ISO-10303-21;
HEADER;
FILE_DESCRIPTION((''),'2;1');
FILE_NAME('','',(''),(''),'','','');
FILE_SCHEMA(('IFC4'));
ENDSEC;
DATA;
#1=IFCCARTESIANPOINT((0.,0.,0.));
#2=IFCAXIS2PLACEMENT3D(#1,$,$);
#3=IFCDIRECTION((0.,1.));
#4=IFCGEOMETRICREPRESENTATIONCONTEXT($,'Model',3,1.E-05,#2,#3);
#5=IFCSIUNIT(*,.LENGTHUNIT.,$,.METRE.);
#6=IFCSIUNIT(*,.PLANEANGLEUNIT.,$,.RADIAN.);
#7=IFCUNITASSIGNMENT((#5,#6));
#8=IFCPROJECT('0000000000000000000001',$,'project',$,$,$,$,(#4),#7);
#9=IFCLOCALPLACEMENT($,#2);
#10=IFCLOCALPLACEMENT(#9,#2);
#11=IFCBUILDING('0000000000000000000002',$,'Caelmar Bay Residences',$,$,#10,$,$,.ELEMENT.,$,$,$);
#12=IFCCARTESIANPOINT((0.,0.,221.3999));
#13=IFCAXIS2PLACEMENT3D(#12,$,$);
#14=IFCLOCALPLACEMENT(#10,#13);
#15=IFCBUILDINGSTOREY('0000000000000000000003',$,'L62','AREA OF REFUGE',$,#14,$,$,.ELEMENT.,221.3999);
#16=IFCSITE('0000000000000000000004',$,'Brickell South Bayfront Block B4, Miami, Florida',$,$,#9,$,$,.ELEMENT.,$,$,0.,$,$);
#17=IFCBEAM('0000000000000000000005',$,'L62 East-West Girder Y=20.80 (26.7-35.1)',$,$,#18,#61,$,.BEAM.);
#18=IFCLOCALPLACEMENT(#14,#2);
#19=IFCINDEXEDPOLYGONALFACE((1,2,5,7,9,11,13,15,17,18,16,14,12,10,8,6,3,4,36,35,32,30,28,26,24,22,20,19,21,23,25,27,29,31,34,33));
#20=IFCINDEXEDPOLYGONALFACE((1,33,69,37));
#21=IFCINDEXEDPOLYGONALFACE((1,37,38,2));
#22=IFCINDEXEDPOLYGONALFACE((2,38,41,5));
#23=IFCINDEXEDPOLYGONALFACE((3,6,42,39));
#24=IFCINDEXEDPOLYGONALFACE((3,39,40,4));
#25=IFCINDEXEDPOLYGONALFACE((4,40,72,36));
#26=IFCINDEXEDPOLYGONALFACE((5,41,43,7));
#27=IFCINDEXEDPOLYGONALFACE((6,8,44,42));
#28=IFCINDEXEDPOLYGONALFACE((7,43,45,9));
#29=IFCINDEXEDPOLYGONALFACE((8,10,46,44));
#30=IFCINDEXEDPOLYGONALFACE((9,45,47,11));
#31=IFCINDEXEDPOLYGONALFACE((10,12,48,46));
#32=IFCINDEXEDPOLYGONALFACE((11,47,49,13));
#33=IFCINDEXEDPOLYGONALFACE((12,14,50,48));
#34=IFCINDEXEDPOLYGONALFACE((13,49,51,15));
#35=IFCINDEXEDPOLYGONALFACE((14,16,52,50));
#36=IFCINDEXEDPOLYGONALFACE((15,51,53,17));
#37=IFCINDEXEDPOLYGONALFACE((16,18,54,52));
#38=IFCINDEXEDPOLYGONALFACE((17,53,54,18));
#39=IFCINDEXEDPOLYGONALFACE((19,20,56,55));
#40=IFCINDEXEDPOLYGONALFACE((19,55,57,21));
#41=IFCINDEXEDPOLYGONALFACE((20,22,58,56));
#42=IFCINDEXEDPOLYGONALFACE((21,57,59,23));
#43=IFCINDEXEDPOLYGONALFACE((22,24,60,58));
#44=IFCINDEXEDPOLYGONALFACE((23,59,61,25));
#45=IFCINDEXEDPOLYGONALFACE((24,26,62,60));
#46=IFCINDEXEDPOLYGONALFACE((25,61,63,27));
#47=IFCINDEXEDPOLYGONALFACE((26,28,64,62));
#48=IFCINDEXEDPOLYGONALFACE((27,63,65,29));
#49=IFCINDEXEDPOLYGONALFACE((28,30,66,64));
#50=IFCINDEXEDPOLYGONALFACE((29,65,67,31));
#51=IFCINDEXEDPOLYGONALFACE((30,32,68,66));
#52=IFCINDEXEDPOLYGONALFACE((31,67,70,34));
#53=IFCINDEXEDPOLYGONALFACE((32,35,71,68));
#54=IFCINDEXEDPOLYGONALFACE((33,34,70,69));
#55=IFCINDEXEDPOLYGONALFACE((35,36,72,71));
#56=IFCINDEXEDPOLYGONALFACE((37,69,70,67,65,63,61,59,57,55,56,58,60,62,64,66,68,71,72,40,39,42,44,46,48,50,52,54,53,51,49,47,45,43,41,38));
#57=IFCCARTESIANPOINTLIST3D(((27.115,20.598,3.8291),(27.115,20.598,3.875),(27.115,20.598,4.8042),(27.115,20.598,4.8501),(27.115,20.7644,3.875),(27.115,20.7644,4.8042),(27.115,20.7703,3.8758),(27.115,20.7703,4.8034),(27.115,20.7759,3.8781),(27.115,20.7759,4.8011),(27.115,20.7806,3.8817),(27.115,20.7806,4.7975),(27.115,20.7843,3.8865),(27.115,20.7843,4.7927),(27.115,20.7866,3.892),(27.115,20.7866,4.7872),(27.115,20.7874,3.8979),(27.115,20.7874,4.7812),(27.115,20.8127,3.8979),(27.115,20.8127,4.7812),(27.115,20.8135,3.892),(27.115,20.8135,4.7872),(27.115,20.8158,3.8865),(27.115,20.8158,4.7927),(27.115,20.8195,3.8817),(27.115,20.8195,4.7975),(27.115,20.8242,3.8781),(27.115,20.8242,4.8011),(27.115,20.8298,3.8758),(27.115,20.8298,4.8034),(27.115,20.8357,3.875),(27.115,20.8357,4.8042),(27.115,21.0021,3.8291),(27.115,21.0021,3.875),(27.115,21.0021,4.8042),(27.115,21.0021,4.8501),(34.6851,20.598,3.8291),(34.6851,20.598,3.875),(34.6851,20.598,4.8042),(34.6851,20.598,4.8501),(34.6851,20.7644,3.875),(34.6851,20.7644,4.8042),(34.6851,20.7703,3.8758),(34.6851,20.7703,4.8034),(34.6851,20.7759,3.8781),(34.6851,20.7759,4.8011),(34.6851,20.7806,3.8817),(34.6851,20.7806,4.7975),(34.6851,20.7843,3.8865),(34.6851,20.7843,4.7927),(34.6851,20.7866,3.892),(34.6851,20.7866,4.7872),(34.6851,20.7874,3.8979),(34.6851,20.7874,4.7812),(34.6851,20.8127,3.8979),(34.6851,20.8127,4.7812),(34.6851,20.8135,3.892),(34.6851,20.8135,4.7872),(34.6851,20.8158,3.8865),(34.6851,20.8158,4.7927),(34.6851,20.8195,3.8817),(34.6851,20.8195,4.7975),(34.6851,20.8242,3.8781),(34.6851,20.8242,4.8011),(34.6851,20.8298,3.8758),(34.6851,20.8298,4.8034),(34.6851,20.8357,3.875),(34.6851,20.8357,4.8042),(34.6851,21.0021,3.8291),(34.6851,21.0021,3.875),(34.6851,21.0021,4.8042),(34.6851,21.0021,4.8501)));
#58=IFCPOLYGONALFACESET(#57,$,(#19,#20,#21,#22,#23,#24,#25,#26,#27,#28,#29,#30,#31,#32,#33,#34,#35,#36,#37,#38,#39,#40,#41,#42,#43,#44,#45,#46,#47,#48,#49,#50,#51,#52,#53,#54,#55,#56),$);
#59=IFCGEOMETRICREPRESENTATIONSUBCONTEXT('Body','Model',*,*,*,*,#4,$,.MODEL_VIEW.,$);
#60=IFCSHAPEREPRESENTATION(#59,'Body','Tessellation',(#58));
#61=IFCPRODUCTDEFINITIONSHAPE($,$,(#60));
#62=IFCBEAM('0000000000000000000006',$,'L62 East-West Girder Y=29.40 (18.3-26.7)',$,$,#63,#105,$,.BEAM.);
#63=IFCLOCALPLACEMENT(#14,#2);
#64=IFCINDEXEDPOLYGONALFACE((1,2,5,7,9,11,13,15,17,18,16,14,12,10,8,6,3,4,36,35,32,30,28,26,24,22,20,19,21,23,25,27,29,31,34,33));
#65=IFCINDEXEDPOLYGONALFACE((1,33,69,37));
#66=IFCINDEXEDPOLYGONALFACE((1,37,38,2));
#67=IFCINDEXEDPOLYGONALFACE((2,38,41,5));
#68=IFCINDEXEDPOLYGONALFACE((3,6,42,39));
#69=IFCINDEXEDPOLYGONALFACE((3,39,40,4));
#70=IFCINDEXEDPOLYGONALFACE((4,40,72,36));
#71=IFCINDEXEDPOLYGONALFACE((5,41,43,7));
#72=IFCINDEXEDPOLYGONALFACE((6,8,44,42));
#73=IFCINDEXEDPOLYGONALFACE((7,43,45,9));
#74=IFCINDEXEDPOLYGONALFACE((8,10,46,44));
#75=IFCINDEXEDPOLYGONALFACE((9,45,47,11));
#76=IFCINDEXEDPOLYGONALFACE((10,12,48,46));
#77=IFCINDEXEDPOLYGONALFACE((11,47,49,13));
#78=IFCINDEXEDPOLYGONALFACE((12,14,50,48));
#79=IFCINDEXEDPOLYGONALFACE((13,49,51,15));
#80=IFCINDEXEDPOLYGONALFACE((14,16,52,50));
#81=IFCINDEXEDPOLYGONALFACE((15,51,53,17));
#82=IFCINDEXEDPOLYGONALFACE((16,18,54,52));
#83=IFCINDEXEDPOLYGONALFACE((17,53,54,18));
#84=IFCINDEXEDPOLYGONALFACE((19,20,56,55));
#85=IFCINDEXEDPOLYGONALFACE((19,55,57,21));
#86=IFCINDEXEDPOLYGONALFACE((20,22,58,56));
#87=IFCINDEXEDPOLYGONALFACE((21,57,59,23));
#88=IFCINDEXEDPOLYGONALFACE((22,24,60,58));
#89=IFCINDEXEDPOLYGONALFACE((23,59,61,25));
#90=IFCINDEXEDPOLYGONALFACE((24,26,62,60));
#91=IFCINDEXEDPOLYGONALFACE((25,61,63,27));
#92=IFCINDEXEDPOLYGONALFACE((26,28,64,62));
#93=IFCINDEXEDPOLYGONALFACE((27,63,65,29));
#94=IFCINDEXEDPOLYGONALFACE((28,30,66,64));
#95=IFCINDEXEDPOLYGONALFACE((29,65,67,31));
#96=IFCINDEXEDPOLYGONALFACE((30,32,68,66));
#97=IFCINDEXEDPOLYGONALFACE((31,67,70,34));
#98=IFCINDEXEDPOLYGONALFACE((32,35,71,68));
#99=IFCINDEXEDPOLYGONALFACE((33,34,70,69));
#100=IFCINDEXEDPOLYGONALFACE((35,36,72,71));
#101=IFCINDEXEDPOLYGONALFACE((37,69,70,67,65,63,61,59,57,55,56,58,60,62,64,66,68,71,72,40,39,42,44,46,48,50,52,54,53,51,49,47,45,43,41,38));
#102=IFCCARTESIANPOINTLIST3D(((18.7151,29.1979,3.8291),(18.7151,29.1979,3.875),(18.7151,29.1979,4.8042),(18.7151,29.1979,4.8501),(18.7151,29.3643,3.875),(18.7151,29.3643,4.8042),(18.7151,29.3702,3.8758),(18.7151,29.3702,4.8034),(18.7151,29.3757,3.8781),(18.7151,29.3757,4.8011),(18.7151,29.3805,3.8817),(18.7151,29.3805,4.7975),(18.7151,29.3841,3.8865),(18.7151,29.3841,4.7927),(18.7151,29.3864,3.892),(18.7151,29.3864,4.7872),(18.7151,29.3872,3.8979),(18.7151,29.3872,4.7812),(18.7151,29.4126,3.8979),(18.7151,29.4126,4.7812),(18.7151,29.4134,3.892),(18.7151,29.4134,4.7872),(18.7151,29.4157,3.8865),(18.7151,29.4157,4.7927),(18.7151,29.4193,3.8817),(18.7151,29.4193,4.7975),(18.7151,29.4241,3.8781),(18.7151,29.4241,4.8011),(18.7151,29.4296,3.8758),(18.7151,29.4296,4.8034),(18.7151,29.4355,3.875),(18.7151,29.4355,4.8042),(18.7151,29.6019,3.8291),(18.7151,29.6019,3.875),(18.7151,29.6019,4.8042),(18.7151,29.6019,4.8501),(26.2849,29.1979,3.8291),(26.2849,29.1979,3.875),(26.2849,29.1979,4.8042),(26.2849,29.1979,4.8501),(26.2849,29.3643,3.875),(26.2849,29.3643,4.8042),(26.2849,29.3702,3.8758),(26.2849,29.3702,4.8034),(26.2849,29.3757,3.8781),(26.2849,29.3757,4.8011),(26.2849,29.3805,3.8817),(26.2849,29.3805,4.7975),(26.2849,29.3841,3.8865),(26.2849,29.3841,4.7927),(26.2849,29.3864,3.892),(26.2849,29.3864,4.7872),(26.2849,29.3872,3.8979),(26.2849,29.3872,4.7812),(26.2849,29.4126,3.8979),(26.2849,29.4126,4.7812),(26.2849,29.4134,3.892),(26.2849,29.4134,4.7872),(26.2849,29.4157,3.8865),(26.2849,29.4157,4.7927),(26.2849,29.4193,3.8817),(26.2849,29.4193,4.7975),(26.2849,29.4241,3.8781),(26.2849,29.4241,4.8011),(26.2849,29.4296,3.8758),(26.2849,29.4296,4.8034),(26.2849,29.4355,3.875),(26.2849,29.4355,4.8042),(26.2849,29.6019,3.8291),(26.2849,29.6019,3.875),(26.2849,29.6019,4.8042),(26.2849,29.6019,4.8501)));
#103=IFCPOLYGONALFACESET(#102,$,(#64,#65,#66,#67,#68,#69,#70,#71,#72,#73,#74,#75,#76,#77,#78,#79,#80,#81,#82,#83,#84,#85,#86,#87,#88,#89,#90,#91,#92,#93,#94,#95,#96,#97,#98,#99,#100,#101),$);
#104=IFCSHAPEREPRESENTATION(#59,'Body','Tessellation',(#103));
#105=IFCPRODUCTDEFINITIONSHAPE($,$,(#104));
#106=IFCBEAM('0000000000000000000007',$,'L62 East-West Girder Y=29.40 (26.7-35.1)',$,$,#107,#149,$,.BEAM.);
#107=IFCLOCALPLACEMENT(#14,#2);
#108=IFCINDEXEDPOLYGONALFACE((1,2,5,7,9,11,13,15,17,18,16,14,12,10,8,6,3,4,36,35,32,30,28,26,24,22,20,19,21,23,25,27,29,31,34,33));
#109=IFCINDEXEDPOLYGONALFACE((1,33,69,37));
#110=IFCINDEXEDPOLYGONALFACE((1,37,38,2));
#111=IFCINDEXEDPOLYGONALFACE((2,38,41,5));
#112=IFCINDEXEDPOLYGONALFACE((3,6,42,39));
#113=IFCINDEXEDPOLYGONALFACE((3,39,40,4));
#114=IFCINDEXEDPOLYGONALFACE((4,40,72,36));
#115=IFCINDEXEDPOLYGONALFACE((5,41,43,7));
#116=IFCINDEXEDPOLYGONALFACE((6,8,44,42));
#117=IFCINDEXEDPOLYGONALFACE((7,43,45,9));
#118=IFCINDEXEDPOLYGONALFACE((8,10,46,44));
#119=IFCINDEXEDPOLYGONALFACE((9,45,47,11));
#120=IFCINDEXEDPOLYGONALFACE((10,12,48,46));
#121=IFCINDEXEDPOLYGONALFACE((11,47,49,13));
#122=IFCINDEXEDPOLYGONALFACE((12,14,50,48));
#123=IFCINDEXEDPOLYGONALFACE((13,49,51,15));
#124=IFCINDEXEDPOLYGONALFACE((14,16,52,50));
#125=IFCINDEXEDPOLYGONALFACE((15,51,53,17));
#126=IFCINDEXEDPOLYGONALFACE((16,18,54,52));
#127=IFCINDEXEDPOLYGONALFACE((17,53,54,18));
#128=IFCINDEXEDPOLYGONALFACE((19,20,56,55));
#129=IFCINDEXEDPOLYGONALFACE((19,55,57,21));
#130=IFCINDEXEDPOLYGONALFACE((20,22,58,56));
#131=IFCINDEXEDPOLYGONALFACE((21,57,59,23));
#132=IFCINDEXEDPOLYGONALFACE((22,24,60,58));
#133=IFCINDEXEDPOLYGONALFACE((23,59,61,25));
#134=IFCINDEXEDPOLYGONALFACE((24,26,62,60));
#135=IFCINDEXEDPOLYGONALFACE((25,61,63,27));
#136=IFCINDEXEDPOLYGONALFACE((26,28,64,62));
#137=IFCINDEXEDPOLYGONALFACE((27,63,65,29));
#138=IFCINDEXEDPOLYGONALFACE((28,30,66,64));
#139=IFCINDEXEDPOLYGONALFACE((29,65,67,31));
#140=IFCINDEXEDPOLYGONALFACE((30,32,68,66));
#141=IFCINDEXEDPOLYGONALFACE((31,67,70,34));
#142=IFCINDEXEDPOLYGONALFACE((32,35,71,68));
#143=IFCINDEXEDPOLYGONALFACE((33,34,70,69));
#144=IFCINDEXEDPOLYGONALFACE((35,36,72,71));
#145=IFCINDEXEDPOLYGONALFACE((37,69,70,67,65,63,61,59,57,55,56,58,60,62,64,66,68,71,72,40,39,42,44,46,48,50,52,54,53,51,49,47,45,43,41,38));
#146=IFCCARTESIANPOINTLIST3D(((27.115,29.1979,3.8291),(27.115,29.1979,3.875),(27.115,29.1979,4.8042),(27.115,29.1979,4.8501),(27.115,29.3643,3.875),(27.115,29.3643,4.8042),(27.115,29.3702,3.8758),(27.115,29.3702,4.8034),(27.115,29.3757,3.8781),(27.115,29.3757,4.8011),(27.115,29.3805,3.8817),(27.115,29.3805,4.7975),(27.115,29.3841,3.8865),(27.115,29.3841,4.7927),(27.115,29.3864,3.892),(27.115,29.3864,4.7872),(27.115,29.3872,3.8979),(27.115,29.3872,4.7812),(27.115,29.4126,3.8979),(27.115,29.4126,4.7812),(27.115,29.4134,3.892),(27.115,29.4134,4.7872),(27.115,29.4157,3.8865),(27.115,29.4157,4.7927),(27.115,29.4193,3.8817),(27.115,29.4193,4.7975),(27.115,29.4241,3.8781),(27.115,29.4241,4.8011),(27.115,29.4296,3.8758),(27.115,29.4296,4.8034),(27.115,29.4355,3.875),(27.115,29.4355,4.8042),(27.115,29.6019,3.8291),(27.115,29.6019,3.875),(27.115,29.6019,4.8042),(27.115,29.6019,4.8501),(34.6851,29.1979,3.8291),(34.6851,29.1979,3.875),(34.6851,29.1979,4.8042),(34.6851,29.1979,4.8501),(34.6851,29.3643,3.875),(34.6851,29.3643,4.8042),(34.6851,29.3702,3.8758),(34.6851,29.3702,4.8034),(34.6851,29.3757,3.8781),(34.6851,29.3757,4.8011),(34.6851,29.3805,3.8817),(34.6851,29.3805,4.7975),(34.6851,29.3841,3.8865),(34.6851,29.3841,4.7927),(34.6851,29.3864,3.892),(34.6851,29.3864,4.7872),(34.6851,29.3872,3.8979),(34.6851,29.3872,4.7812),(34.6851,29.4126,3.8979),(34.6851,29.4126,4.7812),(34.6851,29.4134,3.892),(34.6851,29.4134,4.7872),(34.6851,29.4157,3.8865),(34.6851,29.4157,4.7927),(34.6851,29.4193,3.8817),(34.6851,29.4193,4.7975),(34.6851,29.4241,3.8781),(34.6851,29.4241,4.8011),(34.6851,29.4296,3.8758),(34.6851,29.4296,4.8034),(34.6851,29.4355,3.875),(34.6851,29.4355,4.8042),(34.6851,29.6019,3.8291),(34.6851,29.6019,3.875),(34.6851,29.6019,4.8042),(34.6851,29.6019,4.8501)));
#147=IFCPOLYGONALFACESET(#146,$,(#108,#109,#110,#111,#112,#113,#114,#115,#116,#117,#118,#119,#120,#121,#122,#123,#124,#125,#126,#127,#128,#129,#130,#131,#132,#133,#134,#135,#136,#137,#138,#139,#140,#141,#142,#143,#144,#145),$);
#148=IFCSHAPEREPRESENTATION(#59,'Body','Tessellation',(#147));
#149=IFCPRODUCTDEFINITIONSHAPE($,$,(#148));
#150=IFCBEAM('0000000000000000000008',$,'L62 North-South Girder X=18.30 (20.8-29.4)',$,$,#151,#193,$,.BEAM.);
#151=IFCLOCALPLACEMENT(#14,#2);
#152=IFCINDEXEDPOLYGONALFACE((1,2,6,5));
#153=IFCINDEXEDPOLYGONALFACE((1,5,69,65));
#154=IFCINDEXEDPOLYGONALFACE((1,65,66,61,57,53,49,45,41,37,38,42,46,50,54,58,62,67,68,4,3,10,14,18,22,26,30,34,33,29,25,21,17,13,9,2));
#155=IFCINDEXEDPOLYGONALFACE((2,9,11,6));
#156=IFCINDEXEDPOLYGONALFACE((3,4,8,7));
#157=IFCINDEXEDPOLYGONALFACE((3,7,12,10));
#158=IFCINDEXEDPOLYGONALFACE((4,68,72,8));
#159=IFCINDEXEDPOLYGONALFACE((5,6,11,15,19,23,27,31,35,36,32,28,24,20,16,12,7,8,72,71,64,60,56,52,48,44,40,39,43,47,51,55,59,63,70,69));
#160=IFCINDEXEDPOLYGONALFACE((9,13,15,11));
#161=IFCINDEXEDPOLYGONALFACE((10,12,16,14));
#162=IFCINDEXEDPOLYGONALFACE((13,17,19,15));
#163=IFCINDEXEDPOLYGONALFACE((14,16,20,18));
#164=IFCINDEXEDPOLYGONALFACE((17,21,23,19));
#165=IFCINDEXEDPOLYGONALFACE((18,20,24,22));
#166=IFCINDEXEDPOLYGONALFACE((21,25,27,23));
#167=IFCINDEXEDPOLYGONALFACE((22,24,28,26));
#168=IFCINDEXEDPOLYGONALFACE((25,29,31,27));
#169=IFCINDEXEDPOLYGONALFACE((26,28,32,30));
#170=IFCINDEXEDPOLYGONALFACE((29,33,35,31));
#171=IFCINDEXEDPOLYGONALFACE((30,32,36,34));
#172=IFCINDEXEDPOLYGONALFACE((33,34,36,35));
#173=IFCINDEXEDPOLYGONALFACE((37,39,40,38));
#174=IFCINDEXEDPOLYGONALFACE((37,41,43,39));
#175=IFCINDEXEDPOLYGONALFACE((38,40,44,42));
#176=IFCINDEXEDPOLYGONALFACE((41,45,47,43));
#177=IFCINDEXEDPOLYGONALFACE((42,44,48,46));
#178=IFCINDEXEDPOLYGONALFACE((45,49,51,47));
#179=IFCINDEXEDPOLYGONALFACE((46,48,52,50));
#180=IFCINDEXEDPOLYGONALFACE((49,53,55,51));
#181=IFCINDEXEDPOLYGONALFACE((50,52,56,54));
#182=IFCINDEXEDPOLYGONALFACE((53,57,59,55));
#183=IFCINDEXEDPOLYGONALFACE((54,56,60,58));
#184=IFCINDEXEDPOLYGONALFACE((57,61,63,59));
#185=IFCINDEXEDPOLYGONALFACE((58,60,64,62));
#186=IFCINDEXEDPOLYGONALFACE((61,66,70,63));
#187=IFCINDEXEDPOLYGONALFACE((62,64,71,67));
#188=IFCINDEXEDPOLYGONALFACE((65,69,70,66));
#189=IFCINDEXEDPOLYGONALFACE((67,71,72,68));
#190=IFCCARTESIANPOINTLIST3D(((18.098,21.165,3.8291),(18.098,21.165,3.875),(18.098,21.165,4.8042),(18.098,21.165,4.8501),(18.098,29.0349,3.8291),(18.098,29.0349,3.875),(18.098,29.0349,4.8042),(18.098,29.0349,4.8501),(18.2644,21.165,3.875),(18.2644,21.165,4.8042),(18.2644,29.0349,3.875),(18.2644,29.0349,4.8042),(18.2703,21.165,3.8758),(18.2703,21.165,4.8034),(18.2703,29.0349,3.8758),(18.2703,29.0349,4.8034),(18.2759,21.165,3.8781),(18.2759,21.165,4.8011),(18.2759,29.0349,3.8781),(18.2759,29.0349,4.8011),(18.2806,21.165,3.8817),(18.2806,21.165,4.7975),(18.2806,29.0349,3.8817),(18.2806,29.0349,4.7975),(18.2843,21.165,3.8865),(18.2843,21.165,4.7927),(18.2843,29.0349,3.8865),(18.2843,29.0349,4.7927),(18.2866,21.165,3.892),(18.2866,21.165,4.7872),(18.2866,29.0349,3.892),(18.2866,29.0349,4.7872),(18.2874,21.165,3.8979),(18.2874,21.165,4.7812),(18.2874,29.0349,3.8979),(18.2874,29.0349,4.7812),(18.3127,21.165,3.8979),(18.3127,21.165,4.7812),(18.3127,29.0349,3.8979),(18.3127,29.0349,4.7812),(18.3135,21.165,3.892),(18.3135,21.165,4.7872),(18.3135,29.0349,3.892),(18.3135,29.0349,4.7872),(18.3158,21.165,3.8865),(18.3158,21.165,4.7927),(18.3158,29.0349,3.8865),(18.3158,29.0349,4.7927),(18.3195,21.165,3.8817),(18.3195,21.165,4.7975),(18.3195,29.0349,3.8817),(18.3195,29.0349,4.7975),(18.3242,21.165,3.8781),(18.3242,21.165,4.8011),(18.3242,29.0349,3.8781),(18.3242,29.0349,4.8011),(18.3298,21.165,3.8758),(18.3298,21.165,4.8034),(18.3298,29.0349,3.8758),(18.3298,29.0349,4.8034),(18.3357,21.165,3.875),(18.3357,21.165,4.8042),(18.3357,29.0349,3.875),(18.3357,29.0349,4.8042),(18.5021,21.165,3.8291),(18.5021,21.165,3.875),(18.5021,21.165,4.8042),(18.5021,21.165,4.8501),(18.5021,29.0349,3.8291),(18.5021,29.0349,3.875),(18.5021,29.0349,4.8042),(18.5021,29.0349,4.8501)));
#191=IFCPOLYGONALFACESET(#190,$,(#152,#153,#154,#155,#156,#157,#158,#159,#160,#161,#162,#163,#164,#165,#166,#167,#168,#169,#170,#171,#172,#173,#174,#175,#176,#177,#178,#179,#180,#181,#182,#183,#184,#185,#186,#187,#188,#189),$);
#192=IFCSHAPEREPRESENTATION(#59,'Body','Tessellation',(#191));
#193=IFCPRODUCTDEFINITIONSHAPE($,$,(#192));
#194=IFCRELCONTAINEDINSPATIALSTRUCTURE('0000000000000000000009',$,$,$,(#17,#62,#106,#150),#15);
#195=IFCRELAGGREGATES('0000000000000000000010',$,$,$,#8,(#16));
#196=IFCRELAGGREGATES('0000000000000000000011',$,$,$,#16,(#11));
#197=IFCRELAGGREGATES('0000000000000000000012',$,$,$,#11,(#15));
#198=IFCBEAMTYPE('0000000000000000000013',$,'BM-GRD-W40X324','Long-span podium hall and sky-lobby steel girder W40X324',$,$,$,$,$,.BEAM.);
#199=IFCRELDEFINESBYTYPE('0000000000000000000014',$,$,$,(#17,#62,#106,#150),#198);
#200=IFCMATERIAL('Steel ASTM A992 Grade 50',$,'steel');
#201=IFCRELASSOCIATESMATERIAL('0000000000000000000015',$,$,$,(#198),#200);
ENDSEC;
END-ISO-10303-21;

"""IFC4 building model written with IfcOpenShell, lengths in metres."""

from ifc_helpers import new_model, si_unit, direction, frame, origin, origin_2d, place, context, subcontext, project, spatial, i_section, extrude, material, material_profile, profile_set, type_object, element, save


model = new_model("IFC4")

# Units and contexts
model_context = context("Model", 3, precision=1e-05, world=origin(), true_north=direction((0.0, 1.0)))
body_context = subcontext(model_context, "Body", "Model", "MODEL_VIEW")
ifc_project = project(units=[si_unit("LENGTHUNIT", "METRE"), si_unit("PLANEANGLEUNIT", "RADIAN")], contexts=[model_context])

# Site, building, storey
site_placement = place(None, origin())
site = spatial("IfcSite", under=ifc_project, at=site_placement, Name="Brickell South Bayfront Block B4, Miami, Florida", CompositionType="ELEMENT", RefElevation=0.0)
building_placement = place(site_placement, origin())
building = spatial("IfcBuilding", under=site, at=building_placement, Name="Caelmar Bay Residences", CompositionType="ELEMENT")
storey_placement = place(building_placement, frame((0.0, 0.0, 221.3999)))
storey = spatial("IfcBuildingStorey", under=building, at=storey_placement, Name="L62", Description="AREA OF REFUGE", CompositionType="ELEMENT", Elevation=221.3999)

# Beams
ifc_material_1 = material(Name="Steel ASTM A992 Grade 50", Category="steel")
ifc_material_profile_1 = material_profile(ifc_material_1, i_section(OverallWidth=0.4041, OverallDepth=1.021, WebThickness=0.0254, FlangeThickness=0.0459, FilletRadius=0.0229, at=origin_2d()), Name="W40X324")
ifc_profile_set_1 = profile_set([ifc_material_profile_1], Name="Steel ASTM A992 Grade 50")
beam_type_1 = type_object("IfcBeamType", Name="BM-GRD-W40X324", Description="Long-span podium hall and sky-lobby steel girder W40X324", PredefinedType="BEAM", material=ifc_profile_set_1)
beam_1_placement = place(storey_placement, frame((27.115, 20.8, 4.3396), z_axis=(1.0, 0.0, 0.0), x_axis=(0.0, 1.0, 0.0)))
element("IfcBeam", 1, at=beam_1_placement, inside=storey, type_object=beam_type_1, Name="L62 East-West Girder Y=20.80 (26.7-35.1)", PredefinedType="BEAM", context=body_context, shape_type="SweptSolid", body=[
    extrude(i_section(OverallWidth=0.4041, OverallDepth=1.021, WebThickness=0.0254, FlangeThickness=0.0459, FilletRadius=0.0229, at=origin_2d()), origin(), (0.0, 0.0, 1.0), 7.5701),
])
beam_2_placement = place(storey_placement, frame((18.7151, 29.3999, 4.3396), z_axis=(1.0, 0.0, 0.0), x_axis=(0.0, 1.0, 0.0)))
element("IfcBeam", 2, at=beam_2_placement, inside=storey, type_object=beam_type_1, Name="L62 East-West Girder Y=29.40 (18.3-26.7)", PredefinedType="BEAM", context=body_context, shape_type="SweptSolid", body=[
    extrude(i_section(OverallWidth=0.4041, OverallDepth=1.021, WebThickness=0.0254, FlangeThickness=0.0459, FilletRadius=0.0229, at=origin_2d()), origin(), (0.0, 0.0, 1.0), 7.5698),
])
beam_3_placement = place(storey_placement, frame((27.115, 29.3999, 4.3396), z_axis=(1.0, 0.0, 0.0), x_axis=(0.0, 1.0, 0.0)))
element("IfcBeam", 3, at=beam_3_placement, inside=storey, type_object=beam_type_1, Name="L62 East-West Girder Y=29.40 (26.7-35.1)", PredefinedType="BEAM", context=body_context, shape_type="SweptSolid", body=[
    extrude(i_section(OverallWidth=0.4041, OverallDepth=1.021, WebThickness=0.0254, FlangeThickness=0.0459, FilletRadius=0.0229, at=origin_2d()), origin(), (0.0, 0.0, 1.0), 7.5701),
])
for number, where, z_axis, x_axis, name in (
    (4, (18.3, 21.165, 4.3396), (0.0, 1.0, 0.0), (-1.0, 0.0, 0.0), "L62 North-South Girder X=18.30 (20.8-29.4)"),
):
    element("IfcBeam", number, at=place(storey_placement, frame(where, z_axis=z_axis, x_axis=x_axis)), inside=storey, type_object=beam_type_1, Name=name, PredefinedType="BEAM", context=body_context, shape_type="SweptSolid", body=[
        extrude(i_section(OverallWidth=0.4041, OverallDepth=1.021, WebThickness=0.0254, FlangeThickness=0.0459, FilletRadius=0.0229, at=origin_2d()), origin(), (0.0, 0.0, 1.0), 7.8699),
    ])

save(model, "model.ifc")
